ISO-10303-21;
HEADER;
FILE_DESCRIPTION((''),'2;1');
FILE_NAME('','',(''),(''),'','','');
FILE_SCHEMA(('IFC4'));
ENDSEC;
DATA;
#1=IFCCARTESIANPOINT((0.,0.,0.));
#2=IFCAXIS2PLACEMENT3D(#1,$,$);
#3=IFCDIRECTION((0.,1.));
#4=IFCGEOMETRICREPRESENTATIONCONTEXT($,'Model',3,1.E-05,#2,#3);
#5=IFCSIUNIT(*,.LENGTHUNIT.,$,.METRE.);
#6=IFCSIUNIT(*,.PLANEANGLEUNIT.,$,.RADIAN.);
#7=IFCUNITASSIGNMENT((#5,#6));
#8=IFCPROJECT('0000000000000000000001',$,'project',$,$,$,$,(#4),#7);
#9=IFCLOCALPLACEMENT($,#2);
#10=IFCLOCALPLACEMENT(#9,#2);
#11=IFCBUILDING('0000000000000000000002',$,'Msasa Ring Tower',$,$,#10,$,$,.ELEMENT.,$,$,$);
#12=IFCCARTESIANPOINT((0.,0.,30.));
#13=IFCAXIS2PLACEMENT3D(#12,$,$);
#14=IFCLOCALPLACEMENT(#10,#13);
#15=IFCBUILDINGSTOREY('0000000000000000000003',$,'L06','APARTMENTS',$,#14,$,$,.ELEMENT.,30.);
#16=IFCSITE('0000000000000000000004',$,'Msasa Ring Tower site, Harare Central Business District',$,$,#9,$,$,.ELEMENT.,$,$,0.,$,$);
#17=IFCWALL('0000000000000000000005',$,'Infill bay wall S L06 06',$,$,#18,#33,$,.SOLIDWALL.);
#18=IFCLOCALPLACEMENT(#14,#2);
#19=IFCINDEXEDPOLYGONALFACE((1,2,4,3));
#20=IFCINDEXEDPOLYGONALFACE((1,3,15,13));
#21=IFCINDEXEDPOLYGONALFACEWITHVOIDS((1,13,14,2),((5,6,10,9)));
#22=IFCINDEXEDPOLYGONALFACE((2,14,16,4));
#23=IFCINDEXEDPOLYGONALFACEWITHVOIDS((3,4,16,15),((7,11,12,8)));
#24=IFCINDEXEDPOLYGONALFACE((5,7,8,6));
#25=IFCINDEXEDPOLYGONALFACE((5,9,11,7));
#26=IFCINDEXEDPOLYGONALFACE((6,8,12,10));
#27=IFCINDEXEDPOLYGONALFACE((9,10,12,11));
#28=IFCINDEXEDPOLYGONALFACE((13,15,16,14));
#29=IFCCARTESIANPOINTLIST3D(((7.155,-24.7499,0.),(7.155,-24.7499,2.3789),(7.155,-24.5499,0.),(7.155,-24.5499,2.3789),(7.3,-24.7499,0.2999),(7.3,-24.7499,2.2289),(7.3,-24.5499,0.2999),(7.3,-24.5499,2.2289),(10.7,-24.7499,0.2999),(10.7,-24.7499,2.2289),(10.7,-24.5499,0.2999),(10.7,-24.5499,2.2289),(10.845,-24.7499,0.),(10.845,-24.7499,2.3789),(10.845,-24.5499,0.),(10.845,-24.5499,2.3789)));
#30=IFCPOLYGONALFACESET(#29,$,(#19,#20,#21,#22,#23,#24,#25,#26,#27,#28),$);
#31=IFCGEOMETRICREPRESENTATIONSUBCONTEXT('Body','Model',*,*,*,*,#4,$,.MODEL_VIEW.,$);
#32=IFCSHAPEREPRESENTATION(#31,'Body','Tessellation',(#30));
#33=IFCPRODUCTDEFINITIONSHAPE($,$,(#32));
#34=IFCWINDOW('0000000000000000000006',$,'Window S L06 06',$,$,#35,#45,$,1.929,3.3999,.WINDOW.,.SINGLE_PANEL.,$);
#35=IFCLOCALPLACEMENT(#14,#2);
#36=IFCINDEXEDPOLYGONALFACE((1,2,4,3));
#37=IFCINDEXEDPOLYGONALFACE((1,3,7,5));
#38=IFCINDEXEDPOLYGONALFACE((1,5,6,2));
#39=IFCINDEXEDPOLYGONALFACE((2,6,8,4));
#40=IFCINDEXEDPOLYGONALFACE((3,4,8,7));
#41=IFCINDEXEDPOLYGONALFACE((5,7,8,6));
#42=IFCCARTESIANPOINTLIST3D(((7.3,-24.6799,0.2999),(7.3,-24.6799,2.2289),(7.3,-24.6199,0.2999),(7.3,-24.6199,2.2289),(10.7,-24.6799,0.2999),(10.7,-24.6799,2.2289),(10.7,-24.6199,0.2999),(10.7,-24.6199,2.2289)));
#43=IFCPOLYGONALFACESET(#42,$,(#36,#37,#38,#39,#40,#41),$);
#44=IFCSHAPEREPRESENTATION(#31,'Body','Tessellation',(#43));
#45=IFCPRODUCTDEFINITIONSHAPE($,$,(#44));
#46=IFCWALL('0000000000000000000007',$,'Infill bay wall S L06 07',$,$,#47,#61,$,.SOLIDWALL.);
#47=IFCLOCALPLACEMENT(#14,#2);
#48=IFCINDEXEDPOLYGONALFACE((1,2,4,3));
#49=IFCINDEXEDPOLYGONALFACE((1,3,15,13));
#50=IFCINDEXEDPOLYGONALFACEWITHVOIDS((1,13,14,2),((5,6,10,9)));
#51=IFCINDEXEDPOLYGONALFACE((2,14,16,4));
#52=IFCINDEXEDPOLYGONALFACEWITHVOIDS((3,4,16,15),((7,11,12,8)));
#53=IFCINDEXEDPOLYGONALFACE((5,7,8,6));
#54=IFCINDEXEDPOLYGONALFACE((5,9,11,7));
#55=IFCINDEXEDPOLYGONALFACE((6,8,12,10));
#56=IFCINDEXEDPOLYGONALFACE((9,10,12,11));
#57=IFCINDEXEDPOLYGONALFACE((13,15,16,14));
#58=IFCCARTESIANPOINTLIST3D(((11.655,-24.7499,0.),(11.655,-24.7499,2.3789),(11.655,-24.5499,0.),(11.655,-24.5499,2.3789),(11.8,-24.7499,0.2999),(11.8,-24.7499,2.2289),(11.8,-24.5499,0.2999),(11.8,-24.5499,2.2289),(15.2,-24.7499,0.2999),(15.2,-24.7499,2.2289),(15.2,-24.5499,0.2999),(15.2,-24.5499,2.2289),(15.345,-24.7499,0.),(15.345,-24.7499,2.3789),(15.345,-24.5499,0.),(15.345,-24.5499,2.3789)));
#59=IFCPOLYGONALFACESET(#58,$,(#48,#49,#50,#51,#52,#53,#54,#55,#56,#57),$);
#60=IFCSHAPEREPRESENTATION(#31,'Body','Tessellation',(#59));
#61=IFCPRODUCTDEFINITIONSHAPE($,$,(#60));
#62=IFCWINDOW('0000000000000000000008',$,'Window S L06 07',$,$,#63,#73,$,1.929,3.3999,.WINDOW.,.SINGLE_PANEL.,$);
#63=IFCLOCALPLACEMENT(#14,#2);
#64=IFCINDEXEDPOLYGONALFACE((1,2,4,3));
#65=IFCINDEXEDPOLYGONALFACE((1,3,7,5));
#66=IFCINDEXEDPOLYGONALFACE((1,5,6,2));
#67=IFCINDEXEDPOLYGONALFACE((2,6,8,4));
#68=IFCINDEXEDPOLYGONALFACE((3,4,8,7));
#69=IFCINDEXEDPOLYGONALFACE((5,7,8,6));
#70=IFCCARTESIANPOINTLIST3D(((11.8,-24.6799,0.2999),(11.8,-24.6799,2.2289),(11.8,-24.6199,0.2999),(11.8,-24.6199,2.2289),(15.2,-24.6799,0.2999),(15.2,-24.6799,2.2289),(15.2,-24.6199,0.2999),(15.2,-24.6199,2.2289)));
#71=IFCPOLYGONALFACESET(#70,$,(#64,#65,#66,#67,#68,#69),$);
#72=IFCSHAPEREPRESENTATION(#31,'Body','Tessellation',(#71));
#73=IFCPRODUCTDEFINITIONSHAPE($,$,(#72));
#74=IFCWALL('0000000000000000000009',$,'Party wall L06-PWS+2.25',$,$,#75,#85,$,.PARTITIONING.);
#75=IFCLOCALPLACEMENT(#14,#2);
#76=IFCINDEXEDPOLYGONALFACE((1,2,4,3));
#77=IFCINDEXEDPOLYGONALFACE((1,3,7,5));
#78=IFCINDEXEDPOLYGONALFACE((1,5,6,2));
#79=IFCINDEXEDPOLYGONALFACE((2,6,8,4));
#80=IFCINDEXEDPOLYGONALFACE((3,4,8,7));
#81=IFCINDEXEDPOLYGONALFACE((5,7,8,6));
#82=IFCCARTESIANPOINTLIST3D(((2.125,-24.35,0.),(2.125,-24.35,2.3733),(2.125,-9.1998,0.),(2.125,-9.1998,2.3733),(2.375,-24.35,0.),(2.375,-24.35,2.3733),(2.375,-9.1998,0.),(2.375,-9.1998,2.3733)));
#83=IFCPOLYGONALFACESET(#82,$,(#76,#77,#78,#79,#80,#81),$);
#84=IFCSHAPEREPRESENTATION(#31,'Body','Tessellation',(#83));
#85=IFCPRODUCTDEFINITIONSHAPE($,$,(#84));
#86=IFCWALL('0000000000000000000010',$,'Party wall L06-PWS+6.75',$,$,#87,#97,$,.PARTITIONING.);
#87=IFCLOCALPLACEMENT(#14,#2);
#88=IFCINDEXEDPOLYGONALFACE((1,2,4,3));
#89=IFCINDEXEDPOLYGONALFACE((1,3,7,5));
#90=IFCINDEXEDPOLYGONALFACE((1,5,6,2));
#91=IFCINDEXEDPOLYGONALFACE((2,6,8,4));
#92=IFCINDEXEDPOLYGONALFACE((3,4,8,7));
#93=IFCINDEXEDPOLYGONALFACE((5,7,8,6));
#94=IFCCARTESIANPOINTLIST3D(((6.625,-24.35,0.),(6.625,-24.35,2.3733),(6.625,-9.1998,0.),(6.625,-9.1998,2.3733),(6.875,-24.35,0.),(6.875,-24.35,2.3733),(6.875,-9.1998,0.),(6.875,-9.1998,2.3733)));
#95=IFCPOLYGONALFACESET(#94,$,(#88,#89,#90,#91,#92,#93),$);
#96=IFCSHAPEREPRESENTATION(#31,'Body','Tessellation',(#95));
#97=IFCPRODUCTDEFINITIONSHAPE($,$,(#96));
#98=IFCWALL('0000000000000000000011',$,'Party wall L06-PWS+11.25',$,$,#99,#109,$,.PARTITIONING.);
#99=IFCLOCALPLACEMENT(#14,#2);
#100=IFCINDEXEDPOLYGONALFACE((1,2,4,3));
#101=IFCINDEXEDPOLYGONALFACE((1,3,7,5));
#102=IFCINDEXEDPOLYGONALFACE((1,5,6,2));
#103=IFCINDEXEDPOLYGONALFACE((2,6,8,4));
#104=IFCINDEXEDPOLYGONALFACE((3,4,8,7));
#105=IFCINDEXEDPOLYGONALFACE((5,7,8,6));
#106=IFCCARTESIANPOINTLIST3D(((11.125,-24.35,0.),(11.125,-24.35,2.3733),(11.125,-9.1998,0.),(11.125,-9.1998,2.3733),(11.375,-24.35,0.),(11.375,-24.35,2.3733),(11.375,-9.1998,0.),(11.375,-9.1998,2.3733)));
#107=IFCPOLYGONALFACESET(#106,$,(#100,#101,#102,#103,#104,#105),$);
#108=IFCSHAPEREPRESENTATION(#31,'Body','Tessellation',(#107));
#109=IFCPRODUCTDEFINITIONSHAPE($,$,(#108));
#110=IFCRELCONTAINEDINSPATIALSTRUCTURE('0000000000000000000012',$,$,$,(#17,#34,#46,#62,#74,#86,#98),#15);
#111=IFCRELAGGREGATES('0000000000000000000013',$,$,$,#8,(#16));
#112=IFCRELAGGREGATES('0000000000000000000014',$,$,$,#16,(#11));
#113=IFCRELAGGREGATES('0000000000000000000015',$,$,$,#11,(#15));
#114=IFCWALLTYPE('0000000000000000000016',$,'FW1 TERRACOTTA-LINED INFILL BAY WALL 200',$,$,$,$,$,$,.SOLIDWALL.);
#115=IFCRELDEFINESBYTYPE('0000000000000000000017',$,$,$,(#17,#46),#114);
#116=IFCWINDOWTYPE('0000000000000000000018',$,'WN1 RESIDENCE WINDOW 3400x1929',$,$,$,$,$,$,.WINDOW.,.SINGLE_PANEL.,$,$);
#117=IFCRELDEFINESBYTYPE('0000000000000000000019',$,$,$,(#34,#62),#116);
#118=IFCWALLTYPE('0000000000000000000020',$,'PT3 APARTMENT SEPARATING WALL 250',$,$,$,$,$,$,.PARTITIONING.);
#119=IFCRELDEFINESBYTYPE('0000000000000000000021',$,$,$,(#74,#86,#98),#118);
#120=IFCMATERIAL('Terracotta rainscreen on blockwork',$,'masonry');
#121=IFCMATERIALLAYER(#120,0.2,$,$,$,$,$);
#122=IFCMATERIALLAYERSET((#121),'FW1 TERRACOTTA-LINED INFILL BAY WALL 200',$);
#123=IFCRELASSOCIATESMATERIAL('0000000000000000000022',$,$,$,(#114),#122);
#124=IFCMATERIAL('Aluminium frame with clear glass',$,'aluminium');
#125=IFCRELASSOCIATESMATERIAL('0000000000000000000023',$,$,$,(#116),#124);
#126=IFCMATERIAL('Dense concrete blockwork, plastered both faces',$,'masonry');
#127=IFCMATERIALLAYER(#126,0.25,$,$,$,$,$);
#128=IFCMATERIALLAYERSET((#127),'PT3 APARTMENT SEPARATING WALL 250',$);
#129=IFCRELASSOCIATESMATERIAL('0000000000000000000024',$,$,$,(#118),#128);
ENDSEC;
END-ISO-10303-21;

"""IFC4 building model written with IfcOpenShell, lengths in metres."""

from ifc_helpers import new_model, si_unit, direction, frame, frame_2d, origin, place, context, subcontext, project, spatial, rectangle, extrude, material, layer, layer_set, type_object, element, fill, save


model = new_model("IFC4")

# Units and contexts
model_context = context("Model", 3, precision=1e-05, world=origin(), true_north=direction((0.0, 1.0)))
body_context = subcontext(model_context, "Body", "Model", "MODEL_VIEW")
ifc_project = project(units=[si_unit("LENGTHUNIT", "METRE"), si_unit("PLANEANGLEUNIT", "RADIAN")], contexts=[model_context])

# Site, building, storey
site_placement = place(None, origin())
site = spatial("IfcSite", under=ifc_project, at=site_placement, Name="Msasa Ring Tower site, Harare Central Business District", CompositionType="ELEMENT", RefElevation=0.0)
building_placement = place(site_placement, origin())
building = spatial("IfcBuilding", under=site, at=building_placement, Name="Msasa Ring Tower", CompositionType="ELEMENT")
storey_placement = place(building_placement, frame((0.0, 0.0, 30.0)))
storey = spatial("IfcBuildingStorey", under=building, at=storey_placement, Name="L06", Description="APARTMENTS", CompositionType="ELEMENT", Elevation=30.0)

# Walls, openings, windows
ifc_material_1 = material(Name="Terracotta rainscreen on blockwork", Category="masonry")
ifc_layer_1 = layer(ifc_material_1, 0.2)
ifc_layer_set_1 = layer_set([ifc_layer_1], Name="FW1 TERRACOTTA-LINED INFILL BAY WALL 200")
wall_type_1 = type_object("IfcWallType", Name="FW1 TERRACOTTA-LINED INFILL BAY WALL 200", PredefinedType="SOLIDWALL", material=ifc_layer_set_1)
ifc_material_2 = material(Name="Aluminium frame with clear glass", Category="aluminium")
window_type = type_object("IfcWindowType", Name="WN1 RESIDENCE WINDOW 3400x1929", PartitioningType="SINGLE_PANEL", PredefinedType="WINDOW", material=ifc_material_2)
wall_1_placement = place(storey_placement, frame((7.155, -24.6499, 0.0), z_axis=(0.0, 0.0, 1.0), x_axis=(1.0, 0.0, 0.0)))
wall_1 = element("IfcWall", 1, at=wall_1_placement, inside=storey, type_object=wall_type_1, Name="Infill bay wall S L06 06", PredefinedType="SOLIDWALL", context=body_context, shape_type="SweptSolid", body=[
    extrude(rectangle(XDim=3.6899, YDim=0.2, at=frame_2d((1.845, 0.0))), origin(), (0.0, 0.0, 1.0), 2.3789),
])
opening_1_placement = place(wall_1_placement, frame((0.145, 0.0, 0.3)))
opening_1 = element("IfcOpeningElement", 2, at=opening_1_placement, cuts=wall_1, PredefinedType="OPENING", context=body_context, shape_type="SweptSolid", body=[
    extrude(rectangle(XDim=3.3999, YDim=1.929, at=frame_2d((1.7, 0.9644))), frame((0.0, 0.1099, 0.0), z_axis=(0.0, -1.0, 0.0), x_axis=(1.0, 0.0, 0.0)), (0.0, 0.0, 1.0), 0.22),
])
window_1_placement = place(opening_1_placement, origin())
window_1 = element("IfcWindow", 3, at=window_1_placement, inside=storey, type_object=window_type, Name="Window S L06 06", OverallHeight=1.929, OverallWidth=3.3999, PartitioningType="SINGLE_PANEL", PredefinedType="WINDOW", context=body_context, shape_type="SweptSolid", body=[
    extrude(rectangle(XDim=3.3999, YDim=1.929, at=frame_2d((1.7, 0.9644))), frame((0.0, 0.03, 0.0), z_axis=(0.0, -1.0, 0.0), x_axis=(1.0, 0.0, 0.0)), (0.0, 0.0, 1.0), 0.0601),
])
fill(opening_1, window_1)
wall_2_placement = place(storey_placement, frame((11.655, -24.6499, 0.0), z_axis=(0.0, 0.0, 1.0), x_axis=(1.0, 0.0, 0.0)))
wall_2 = element("IfcWall", 4, at=wall_2_placement, inside=storey, type_object=wall_type_1, Name="Infill bay wall S L06 07", PredefinedType="SOLIDWALL", context=body_context, shape_type="SweptSolid", body=[
    extrude(rectangle(XDim=3.6899, YDim=0.2, at=frame_2d((1.845, 0.0))), origin(), (0.0, 0.0, 1.0), 2.3789),
])
opening_2_placement = place(wall_2_placement, frame((0.145, 0.0, 0.3)))
opening_2 = element("IfcOpeningElement", 5, at=opening_2_placement, cuts=wall_2, PredefinedType="OPENING", context=body_context, shape_type="SweptSolid", body=[
    extrude(rectangle(XDim=3.3999, YDim=1.929, at=frame_2d((1.7, 0.9644))), frame((0.0, 0.1099, 0.0), z_axis=(0.0, -1.0, 0.0), x_axis=(1.0, 0.0, 0.0)), (0.0, 0.0, 1.0), 0.22),
])
window_2_placement = place(opening_2_placement, origin())
window_2 = element("IfcWindow", 6, at=window_2_placement, inside=storey, type_object=window_type, Name="Window S L06 07", OverallHeight=1.929, OverallWidth=3.3999, PartitioningType="SINGLE_PANEL", PredefinedType="WINDOW", context=body_context, shape_type="SweptSolid", body=[
    extrude(rectangle(XDim=3.3999, YDim=1.929, at=frame_2d((1.7, 0.9644))), frame((0.0, 0.03, 0.0), z_axis=(0.0, -1.0, 0.0), x_axis=(1.0, 0.0, 0.0)), (0.0, 0.0, 1.0), 0.0601),
])
fill(opening_2, window_2)

# Walls
ifc_material_3 = material(Name="Dense concrete blockwork, plastered both faces", Category="masonry")
ifc_layer_2 = layer(ifc_material_3, 0.25)
ifc_layer_set_2 = layer_set([ifc_layer_2], Name="PT3 APARTMENT SEPARATING WALL 250")
wall_type_2 = type_object("IfcWallType", Name="PT3 APARTMENT SEPARATING WALL 250", PredefinedType="PARTITIONING", material=ifc_layer_set_2)
for number, where, z_axis, x_axis, name in (
    (7, (2.25, -24.3501, 0.0), (0.0, 0.0, 1.0), (0.0, 1.0, 0.0), "Party wall L06-PWS+2.25"),
    (8, (6.75, -24.3501, 0.0), (0.0, 0.0, 1.0), (0.0, 1.0, 0.0), "Party wall L06-PWS+6.75"),
    (9, (11.25, -24.3501, 0.0), (0.0, 0.0, 1.0), (0.0, 1.0, 0.0), "Party wall L06-PWS+11.25"),
):
    element("IfcWall", number, at=place(storey_placement, frame(where, z_axis=z_axis, x_axis=x_axis)), inside=storey, type_object=wall_type_2, Name=name, PredefinedType="PARTITIONING", context=body_context, shape_type="SweptSolid", body=[
        extrude(rectangle(XDim=15.1501, YDim=0.25, at=frame_2d((7.5752, 0.0))), origin(), (0.0, 0.0, 1.0), 2.3733),
    ])

save(model, "model.ifc")
